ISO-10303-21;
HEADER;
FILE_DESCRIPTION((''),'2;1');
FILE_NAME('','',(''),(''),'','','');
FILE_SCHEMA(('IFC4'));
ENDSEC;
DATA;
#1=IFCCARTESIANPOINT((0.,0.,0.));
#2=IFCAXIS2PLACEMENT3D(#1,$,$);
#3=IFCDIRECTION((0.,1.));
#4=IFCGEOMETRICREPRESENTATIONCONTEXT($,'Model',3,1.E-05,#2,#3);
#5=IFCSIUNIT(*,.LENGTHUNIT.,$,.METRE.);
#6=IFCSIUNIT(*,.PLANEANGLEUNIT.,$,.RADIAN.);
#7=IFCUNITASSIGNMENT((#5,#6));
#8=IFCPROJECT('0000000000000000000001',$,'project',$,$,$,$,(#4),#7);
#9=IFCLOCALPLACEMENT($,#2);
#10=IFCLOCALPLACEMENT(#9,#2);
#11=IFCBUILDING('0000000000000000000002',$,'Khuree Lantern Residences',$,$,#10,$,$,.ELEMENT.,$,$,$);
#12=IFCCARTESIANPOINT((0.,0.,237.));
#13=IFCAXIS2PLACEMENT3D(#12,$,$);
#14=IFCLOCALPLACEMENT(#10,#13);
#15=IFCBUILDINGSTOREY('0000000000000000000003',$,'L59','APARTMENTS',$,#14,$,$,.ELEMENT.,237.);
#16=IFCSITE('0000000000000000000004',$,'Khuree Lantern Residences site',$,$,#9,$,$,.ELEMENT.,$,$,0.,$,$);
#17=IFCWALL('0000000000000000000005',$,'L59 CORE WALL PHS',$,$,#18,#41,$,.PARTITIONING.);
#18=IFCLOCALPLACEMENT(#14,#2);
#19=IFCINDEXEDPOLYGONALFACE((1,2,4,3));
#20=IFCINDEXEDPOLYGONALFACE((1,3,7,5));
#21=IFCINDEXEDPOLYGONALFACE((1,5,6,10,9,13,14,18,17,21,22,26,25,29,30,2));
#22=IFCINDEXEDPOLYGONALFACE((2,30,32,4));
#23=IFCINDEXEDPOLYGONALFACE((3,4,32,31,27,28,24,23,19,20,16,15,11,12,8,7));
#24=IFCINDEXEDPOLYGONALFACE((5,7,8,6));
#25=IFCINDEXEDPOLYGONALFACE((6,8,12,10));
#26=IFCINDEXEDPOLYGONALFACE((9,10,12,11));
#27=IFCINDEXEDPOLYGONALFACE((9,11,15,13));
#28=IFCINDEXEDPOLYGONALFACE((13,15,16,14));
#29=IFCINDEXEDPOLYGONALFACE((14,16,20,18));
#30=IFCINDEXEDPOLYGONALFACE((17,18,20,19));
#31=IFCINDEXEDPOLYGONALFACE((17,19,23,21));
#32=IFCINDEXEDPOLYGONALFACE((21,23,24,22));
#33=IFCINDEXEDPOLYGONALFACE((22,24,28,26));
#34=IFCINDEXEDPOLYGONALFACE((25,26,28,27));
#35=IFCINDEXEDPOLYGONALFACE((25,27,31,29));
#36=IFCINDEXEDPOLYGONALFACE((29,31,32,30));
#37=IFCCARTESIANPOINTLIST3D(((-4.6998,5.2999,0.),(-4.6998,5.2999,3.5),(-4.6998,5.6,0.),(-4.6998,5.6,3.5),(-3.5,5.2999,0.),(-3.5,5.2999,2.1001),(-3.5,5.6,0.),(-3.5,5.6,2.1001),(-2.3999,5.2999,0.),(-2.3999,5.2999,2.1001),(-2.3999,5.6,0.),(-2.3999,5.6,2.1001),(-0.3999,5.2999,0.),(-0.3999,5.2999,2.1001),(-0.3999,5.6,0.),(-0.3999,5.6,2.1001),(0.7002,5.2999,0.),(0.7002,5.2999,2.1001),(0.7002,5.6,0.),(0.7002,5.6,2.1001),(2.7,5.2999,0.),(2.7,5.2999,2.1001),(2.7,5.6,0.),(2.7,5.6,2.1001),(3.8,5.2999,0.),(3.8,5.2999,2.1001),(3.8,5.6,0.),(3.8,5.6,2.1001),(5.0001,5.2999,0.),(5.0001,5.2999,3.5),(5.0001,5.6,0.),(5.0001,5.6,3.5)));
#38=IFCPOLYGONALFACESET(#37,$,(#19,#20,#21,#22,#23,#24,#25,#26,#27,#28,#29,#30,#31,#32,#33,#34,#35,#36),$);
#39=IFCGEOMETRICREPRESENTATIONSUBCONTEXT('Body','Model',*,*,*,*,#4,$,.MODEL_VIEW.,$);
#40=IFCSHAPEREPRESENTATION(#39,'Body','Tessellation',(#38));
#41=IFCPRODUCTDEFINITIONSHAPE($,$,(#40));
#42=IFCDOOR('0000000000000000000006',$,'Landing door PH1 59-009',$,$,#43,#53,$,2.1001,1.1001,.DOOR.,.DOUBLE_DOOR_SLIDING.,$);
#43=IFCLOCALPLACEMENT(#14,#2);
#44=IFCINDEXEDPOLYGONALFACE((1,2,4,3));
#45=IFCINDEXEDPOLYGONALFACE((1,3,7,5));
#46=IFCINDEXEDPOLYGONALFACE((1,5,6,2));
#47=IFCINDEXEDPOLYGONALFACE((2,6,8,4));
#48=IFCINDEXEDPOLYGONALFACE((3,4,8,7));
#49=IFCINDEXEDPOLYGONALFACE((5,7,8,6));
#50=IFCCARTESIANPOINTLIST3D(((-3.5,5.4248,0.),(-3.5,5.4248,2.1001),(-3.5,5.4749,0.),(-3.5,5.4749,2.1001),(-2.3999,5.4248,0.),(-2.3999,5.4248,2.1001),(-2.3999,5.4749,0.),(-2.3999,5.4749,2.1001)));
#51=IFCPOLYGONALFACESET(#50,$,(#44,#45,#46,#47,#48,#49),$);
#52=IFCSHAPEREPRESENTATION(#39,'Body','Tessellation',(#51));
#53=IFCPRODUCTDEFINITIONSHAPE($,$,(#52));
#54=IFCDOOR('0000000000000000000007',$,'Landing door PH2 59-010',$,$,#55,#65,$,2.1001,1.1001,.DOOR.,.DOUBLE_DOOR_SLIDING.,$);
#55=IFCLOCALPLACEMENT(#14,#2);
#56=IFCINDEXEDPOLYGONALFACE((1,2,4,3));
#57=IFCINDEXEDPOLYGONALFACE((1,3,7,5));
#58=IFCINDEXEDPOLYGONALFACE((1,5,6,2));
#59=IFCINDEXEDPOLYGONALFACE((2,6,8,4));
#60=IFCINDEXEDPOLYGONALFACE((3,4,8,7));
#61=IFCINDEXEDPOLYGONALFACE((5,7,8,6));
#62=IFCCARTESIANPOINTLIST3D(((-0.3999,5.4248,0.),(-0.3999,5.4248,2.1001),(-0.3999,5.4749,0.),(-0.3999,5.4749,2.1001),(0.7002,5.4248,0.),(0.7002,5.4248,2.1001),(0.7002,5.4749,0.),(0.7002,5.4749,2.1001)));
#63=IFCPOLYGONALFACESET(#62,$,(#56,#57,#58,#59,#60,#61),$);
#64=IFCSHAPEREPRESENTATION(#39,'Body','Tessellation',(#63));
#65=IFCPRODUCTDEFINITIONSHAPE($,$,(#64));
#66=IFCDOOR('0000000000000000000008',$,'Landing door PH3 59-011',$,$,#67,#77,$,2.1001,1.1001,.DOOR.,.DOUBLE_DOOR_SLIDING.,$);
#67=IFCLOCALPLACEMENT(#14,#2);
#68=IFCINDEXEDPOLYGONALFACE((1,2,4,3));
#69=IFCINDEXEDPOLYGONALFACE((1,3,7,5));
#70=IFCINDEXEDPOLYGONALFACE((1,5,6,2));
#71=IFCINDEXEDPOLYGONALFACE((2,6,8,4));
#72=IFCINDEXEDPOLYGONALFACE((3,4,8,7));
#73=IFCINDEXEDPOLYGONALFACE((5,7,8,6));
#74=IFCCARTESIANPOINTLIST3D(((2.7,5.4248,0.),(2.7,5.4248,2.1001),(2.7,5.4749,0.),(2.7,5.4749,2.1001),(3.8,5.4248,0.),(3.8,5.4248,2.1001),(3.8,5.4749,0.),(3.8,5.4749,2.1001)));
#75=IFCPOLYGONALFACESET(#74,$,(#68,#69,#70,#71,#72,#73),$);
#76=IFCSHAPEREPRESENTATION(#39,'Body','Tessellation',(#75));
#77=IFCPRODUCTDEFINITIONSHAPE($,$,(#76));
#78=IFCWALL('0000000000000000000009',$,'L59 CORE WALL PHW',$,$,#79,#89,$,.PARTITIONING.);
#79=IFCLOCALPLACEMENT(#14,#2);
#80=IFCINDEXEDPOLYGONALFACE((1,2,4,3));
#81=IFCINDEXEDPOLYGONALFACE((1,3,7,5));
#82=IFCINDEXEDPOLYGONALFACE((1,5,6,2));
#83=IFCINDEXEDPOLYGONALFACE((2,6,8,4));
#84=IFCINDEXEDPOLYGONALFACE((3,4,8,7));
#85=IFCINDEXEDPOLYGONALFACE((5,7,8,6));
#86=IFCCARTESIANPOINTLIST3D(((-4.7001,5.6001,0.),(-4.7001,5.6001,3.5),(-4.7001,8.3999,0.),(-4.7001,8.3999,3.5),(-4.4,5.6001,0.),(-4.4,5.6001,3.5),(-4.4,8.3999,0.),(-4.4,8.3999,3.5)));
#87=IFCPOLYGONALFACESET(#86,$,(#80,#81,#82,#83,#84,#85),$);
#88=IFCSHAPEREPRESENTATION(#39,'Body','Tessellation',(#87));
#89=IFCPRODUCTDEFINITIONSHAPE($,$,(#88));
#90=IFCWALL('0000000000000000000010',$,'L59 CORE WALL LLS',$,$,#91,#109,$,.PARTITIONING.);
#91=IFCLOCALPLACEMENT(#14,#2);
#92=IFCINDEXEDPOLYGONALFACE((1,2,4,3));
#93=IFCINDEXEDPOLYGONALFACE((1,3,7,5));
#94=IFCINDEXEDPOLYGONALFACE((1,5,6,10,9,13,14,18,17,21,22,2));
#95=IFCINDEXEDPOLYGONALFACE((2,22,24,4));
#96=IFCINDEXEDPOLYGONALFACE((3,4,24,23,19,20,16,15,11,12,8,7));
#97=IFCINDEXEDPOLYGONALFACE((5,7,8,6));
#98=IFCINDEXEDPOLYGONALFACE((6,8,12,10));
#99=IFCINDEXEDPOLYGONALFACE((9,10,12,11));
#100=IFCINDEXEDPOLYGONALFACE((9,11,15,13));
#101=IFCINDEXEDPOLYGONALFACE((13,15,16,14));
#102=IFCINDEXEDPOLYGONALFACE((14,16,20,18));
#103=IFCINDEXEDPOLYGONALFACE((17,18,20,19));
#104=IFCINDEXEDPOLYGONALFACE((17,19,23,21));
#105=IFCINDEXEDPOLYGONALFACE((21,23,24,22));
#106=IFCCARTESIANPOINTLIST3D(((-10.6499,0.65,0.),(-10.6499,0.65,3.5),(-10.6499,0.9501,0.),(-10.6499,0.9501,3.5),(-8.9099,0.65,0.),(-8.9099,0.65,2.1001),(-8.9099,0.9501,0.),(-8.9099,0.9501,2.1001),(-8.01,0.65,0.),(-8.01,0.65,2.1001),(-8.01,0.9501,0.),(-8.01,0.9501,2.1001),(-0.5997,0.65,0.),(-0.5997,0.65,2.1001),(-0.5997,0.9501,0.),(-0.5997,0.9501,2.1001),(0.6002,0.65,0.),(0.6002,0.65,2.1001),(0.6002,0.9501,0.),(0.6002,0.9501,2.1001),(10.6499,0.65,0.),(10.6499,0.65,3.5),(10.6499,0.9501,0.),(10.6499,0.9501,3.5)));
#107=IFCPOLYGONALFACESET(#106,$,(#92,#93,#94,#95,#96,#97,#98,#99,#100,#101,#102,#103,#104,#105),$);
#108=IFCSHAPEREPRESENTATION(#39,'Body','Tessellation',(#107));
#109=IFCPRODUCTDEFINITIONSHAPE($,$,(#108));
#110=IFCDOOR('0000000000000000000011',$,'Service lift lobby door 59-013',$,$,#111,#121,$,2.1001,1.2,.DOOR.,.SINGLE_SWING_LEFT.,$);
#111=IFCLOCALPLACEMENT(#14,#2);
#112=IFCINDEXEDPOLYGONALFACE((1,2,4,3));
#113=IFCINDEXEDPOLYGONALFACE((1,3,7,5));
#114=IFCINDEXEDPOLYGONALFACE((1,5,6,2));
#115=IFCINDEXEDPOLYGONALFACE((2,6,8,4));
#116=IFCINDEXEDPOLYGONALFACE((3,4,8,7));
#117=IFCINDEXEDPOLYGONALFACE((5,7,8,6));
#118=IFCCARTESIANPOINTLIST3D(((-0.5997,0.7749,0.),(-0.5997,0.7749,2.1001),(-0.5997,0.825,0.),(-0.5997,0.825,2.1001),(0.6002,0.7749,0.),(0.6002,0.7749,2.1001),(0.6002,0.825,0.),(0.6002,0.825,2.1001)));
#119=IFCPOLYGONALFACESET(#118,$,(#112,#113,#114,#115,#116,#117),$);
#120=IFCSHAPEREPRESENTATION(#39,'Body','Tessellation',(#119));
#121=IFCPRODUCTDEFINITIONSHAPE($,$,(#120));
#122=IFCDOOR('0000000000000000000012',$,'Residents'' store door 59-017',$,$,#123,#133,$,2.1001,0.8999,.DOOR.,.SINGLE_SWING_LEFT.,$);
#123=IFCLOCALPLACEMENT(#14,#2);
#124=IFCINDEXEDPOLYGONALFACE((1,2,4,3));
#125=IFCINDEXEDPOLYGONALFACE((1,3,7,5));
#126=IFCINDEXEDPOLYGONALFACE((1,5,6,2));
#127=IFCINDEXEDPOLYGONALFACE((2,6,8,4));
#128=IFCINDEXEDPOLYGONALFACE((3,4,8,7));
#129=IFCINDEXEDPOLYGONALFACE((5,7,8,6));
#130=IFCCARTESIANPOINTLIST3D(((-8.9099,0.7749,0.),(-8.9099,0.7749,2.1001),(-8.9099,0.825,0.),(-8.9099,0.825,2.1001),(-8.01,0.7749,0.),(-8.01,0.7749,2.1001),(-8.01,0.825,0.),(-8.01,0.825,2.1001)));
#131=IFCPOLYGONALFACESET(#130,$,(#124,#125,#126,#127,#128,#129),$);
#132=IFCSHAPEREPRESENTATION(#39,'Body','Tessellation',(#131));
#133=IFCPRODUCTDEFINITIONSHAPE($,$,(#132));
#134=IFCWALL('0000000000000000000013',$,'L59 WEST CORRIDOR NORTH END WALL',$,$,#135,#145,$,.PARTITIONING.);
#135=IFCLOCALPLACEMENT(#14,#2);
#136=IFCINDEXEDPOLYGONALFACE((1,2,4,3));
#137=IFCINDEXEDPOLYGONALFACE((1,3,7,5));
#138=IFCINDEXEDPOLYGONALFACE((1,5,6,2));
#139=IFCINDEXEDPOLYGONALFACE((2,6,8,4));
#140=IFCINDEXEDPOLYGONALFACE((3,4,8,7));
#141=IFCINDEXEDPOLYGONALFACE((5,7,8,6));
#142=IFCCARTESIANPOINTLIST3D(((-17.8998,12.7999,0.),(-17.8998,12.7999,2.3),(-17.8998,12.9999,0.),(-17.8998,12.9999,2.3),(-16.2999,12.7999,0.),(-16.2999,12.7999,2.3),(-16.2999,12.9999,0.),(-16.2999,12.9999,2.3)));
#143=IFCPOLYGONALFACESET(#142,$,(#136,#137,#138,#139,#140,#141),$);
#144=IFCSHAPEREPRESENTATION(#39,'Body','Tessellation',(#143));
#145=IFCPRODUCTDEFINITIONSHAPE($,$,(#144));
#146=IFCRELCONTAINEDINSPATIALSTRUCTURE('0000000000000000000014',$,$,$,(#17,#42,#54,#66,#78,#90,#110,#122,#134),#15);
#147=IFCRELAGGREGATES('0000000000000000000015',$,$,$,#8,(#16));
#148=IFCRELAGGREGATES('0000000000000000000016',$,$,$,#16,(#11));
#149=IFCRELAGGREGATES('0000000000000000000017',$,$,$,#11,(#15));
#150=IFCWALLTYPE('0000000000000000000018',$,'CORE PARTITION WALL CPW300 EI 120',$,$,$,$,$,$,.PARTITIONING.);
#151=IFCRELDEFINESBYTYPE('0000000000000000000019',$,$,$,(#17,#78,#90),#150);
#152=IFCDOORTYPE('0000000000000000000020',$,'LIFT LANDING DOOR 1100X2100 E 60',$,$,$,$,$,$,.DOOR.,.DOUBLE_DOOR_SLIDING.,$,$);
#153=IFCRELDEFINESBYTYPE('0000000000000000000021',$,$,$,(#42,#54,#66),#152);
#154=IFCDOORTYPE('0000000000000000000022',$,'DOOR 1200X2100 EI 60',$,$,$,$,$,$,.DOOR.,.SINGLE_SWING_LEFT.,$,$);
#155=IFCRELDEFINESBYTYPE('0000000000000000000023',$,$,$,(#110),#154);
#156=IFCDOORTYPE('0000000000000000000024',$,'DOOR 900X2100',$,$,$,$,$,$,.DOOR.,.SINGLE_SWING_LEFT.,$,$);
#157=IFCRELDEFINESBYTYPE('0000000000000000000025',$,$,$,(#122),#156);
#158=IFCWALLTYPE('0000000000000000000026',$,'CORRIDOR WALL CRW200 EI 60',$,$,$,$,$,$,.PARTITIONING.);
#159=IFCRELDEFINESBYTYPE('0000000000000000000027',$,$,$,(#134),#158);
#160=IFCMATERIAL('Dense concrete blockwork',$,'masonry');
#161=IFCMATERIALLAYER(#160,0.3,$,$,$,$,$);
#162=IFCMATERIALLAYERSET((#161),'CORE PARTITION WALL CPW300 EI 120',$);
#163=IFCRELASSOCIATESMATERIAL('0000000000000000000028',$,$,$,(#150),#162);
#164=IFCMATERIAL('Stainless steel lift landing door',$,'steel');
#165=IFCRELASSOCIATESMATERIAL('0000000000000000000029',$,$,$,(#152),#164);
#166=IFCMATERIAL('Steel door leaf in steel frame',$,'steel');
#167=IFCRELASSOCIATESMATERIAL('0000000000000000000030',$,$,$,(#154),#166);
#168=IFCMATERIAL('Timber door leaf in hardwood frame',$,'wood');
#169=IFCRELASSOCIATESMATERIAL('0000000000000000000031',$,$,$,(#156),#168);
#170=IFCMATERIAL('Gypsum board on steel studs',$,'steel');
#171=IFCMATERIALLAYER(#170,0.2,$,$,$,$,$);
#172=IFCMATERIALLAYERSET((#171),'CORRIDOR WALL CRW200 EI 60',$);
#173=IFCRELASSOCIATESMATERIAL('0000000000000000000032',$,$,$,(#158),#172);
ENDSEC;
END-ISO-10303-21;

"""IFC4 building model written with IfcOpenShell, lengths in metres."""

from ifc_helpers import new_model, si_unit, direction, frame, frame_2d, origin, place, context, subcontext, project, spatial, rectangle, extrude, material, layer, layer_set, type_object, element, fill, save


model = new_model("IFC4")

# Units and contexts
model_context = context("Model", 3, precision=1e-05, world=origin(), true_north=direction((0.0, 1.0)))
body_context = subcontext(model_context, "Body", "Model", "MODEL_VIEW")
ifc_project = project(units=[si_unit("LENGTHUNIT", "METRE"), si_unit("PLANEANGLEUNIT", "RADIAN")], contexts=[model_context])

# Site, building, storey
site_placement = place(None, origin())
site = spatial("IfcSite", under=ifc_project, at=site_placement, Name="Khuree Lantern Residences site", CompositionType="ELEMENT", RefElevation=0.0)
building_placement = place(site_placement, origin())
building = spatial("IfcBuilding", under=site, at=building_placement, Name="Khuree Lantern Residences", CompositionType="ELEMENT")
storey_placement = place(building_placement, frame((0.0, 0.0, 237.0)))
storey = spatial("IfcBuildingStorey", under=building, at=storey_placement, Name="L59", Description="APARTMENTS", CompositionType="ELEMENT", Elevation=237.0)

# Wall, openings, doors
ifc_material_1 = material(Name="Dense concrete blockwork", Category="masonry")
ifc_layer_1 = layer(ifc_material_1, 0.3)
ifc_layer_set_1 = layer_set([ifc_layer_1], Name="CORE PARTITION WALL CPW300 EI 120")
wall_type_1 = type_object("IfcWallType", Name="CORE PARTITION WALL CPW300 EI 120", PredefinedType="PARTITIONING", material=ifc_layer_set_1)
wall_1_placement = place(storey_placement, frame((-4.7, 5.45, 0.0), z_axis=(0.0, 0.0, 1.0), x_axis=(1.0, 0.0, 0.0)))
wall_1 = element("IfcWall", 1, at=wall_1_placement, inside=storey, type_object=wall_type_1, Name="L59 CORE WALL PHS", PredefinedType="PARTITIONING", context=body_context, shape_type="SweptSolid", body=[
    extrude(rectangle(XDim=9.7, YDim=0.3, at=frame_2d((4.8501, 0.0))), origin(), (0.0, 0.0, 1.0), 3.5),
])
opening_1_placement = place(wall_1_placement, frame((1.2, 0.0, 0.0)))
opening_1 = element("IfcOpeningElement", 2, at=opening_1_placement, cuts=wall_1, PredefinedType="OPENING", context=body_context, shape_type="SweptSolid", body=[
    extrude(rectangle(XDim=1.1001, YDim=2.1001, at=frame_2d((0.55, 1.05))), frame((0.0, 0.1602, 0.0), z_axis=(0.0, -1.0, 0.0), x_axis=(1.0, 0.0, 0.0)), (0.0, 0.0, 1.0), 0.3201),
])
opening_2_placement = place(wall_1_placement, frame((4.3, 0.0, 0.0)))
opening_2 = element("IfcOpeningElement", 3, at=opening_2_placement, cuts=wall_1, PredefinedType="OPENING", context=body_context, shape_type="SweptSolid", body=[
    extrude(rectangle(XDim=1.1001, YDim=2.1001, at=frame_2d((0.55, 1.05))), frame((0.0, 0.1602, 0.0), z_axis=(0.0, -1.0, 0.0), x_axis=(1.0, 0.0, 0.0)), (0.0, 0.0, 1.0), 0.3201),
])
opening_3_placement = place(wall_1_placement, frame((7.3999, 0.0, 0.0)))
opening_3 = element("IfcOpeningElement", 4, at=opening_3_placement, cuts=wall_1, PredefinedType="OPENING", context=body_context, shape_type="SweptSolid", body=[
    extrude(rectangle(XDim=1.1001, YDim=2.1001, at=frame_2d((0.55, 1.05))), frame((0.0, 0.1602, 0.0), z_axis=(0.0, -1.0, 0.0), x_axis=(1.0, 0.0, 0.0)), (0.0, 0.0, 1.0), 0.3201),
])
ifc_material_2 = material(Name="Stainless steel lift landing door", Category="steel")
door_type_1 = type_object("IfcDoorType", Name="LIFT LANDING DOOR 1100X2100 E 60", OperationType="DOUBLE_DOOR_SLIDING", PredefinedType="DOOR", material=ifc_material_2)
door_1_placement = place(opening_1_placement, origin())
door_1 = element("IfcDoor", 5, at=door_1_placement, inside=storey, type_object=door_type_1, Name="Landing door PH1 59-009", OperationType="DOUBLE_DOOR_SLIDING", OverallHeight=2.1001, OverallWidth=1.1001, PredefinedType="DOOR", context=body_context, shape_type="SweptSolid", body=[
    extrude(rectangle(XDim=1.1001, YDim=2.1001, at=frame_2d((0.55, 1.05))), frame((0.0, 0.0249, 0.0), z_axis=(0.0, -1.0, 0.0), x_axis=(1.0, 0.0, 0.0)), (0.0, 0.0, 1.0), 0.05),
])
fill(opening_1, door_1)
door_2_placement = place(opening_2_placement, origin())
door_2 = element("IfcDoor", 6, at=door_2_placement, inside=storey, type_object=door_type_1, Name="Landing door PH2 59-010", OperationType="DOUBLE_DOOR_SLIDING", OverallHeight=2.1001, OverallWidth=1.1001, PredefinedType="DOOR", context=body_context, shape_type="SweptSolid", body=[
    extrude(rectangle(XDim=1.1001, YDim=2.1001, at=frame_2d((0.55, 1.05))), frame((0.0, 0.0249, 0.0), z_axis=(0.0, -1.0, 0.0), x_axis=(1.0, 0.0, 0.0)), (0.0, 0.0, 1.0), 0.05),
])
fill(opening_2, door_2)
door_3_placement = place(opening_3_placement, origin())
door_3 = element("IfcDoor", 7, at=door_3_placement, inside=storey, type_object=door_type_1, Name="Landing door PH3 59-011", OperationType="DOUBLE_DOOR_SLIDING", OverallHeight=2.1001, OverallWidth=1.1001, PredefinedType="DOOR", context=body_context, shape_type="SweptSolid", body=[
    extrude(rectangle(XDim=1.1001, YDim=2.1001, at=frame_2d((0.55, 1.05))), frame((0.0, 0.0249, 0.0), z_axis=(0.0, -1.0, 0.0), x_axis=(1.0, 0.0, 0.0)), (0.0, 0.0, 1.0), 0.05),
])
fill(opening_3, door_3)

# Wall
wall_2_placement = place(storey_placement, frame((-4.55, 5.6001, 0.0), z_axis=(0.0, 0.0, 1.0), x_axis=(0.0, 1.0, 0.0)))
element("IfcWall", 8, at=wall_2_placement, inside=storey, type_object=wall_type_1, Name="L59 CORE WALL PHW", PredefinedType="PARTITIONING", context=body_context, shape_type="SweptSolid", body=[
    extrude(rectangle(XDim=2.7998, YDim=0.3, at=frame_2d((1.3999, 0.0))), origin(), (0.0, 0.0, 1.0), 3.5),
])

# Wall, openings, doors
wall_3_placement = place(storey_placement, frame((-10.6499, 0.8, 0.0), z_axis=(0.0, 0.0, 1.0), x_axis=(1.0, 0.0, 0.0)))
wall_3 = element("IfcWall", 9, at=wall_3_placement, inside=storey, type_object=wall_type_1, Name="L59 CORE WALL LLS", PredefinedType="PARTITIONING", context=body_context, shape_type="SweptSolid", body=[
    extrude(rectangle(XDim=21.2998, YDim=0.3, at=frame_2d((10.6499, 0.0))), origin(), (0.0, 0.0, 1.0), 3.5),
])
opening_4_placement = place(wall_3_placement, frame((10.05, 0.0, 0.0)))
opening_4 = element("IfcOpeningElement", 10, at=opening_4_placement, cuts=wall_3, PredefinedType="OPENING", context=body_context, shape_type="SweptSolid", body=[
    extrude(rectangle(XDim=1.2, YDim=2.1001, at=frame_2d((0.6001, 1.05))), frame((0.0, 0.1602, 0.0), z_axis=(0.0, -1.0, 0.0), x_axis=(1.0, 0.0, 0.0)), (0.0, 0.0, 1.0), 0.3201),
])
opening_5_placement = place(wall_3_placement, frame((1.74, 0.0, 0.0)))
opening_5 = element("IfcOpeningElement", 11, at=opening_5_placement, cuts=wall_3, PredefinedType="OPENING", context=body_context, shape_type="SweptSolid", body=[
    extrude(rectangle(XDim=0.8999, YDim=2.1001, at=frame_2d((0.45, 1.05))), frame((0.0, 0.1602, 0.0), z_axis=(0.0, -1.0, 0.0), x_axis=(1.0, 0.0, 0.0)), (0.0, 0.0, 1.0), 0.3201),
])
ifc_material_3 = material(Name="Steel door leaf in steel frame", Category="steel")
door_type_2 = type_object("IfcDoorType", Name="DOOR 1200X2100 EI 60", OperationType="SINGLE_SWING_LEFT", PredefinedType="DOOR", material=ifc_material_3)
door_4_placement = place(opening_4_placement, origin())
door_4 = element("IfcDoor", 12, at=door_4_placement, inside=storey, type_object=door_type_2, Name="Service lift lobby door 59-013", OperationType="SINGLE_SWING_LEFT", OverallHeight=2.1001, OverallWidth=1.2, PredefinedType="DOOR", context=body_context, shape_type="SweptSolid", body=[
    extrude(rectangle(XDim=1.2, YDim=2.1001, at=frame_2d((0.6001, 1.05))), frame((0.0, 0.0249, 0.0), z_axis=(0.0, -1.0, 0.0), x_axis=(1.0, 0.0, 0.0)), (0.0, 0.0, 1.0), 0.05),
])
fill(opening_4, door_4)
ifc_material_4 = material(Name="Timber door leaf in hardwood frame", Category="wood")
door_type_3 = type_object("IfcDoorType", Name="DOOR 900X2100", OperationType="SINGLE_SWING_LEFT", PredefinedType="DOOR", material=ifc_material_4)
door_5_placement = place(opening_5_placement, origin())
door_5 = element("IfcDoor", 13, at=door_5_placement, inside=storey, type_object=door_type_3, Name="Residents' store door 59-017", OperationType="SINGLE_SWING_LEFT", OverallHeight=2.1001, OverallWidth=0.8999, PredefinedType="DOOR", context=body_context, shape_type="SweptSolid", body=[
    extrude(rectangle(XDim=0.8999, YDim=2.1001, at=frame_2d((0.45, 1.05))), frame((0.0, 0.0249, 0.0), z_axis=(0.0, -1.0, 0.0), x_axis=(1.0, 0.0, 0.0)), (0.0, 0.0, 1.0), 0.05),
])
fill(opening_5, door_5)

# Wall
ifc_material_5 = material(Name="Gypsum board on steel studs", Category="steel")
ifc_layer_2 = layer(ifc_material_5, 0.2)
ifc_layer_set_2 = layer_set([ifc_layer_2], Name="CORRIDOR WALL CRW200 EI 60")
wall_type_2 = type_object("IfcWallType", Name="CORRIDOR WALL CRW200 EI 60", PredefinedType="PARTITIONING", material=ifc_layer_set_2)
wall_4_placement = place(storey_placement, frame((-16.3, 12.8999, 0.0), z_axis=(0.0, 0.0, 1.0), x_axis=(-1.0, 0.0, 0.0)))
element("IfcWall", 14, at=wall_4_placement, inside=storey, type_object=wall_type_2, Name="L59 WEST CORRIDOR NORTH END WALL", PredefinedType="PARTITIONING", context=body_context, shape_type="SweptSolid", body=[
    extrude(rectangle(XDim=1.5999, YDim=0.2, at=frame_2d((0.7998, 0.0))), origin(), (0.0, 0.0, 1.0), 2.3),
])

save(model, "model.ifc")
